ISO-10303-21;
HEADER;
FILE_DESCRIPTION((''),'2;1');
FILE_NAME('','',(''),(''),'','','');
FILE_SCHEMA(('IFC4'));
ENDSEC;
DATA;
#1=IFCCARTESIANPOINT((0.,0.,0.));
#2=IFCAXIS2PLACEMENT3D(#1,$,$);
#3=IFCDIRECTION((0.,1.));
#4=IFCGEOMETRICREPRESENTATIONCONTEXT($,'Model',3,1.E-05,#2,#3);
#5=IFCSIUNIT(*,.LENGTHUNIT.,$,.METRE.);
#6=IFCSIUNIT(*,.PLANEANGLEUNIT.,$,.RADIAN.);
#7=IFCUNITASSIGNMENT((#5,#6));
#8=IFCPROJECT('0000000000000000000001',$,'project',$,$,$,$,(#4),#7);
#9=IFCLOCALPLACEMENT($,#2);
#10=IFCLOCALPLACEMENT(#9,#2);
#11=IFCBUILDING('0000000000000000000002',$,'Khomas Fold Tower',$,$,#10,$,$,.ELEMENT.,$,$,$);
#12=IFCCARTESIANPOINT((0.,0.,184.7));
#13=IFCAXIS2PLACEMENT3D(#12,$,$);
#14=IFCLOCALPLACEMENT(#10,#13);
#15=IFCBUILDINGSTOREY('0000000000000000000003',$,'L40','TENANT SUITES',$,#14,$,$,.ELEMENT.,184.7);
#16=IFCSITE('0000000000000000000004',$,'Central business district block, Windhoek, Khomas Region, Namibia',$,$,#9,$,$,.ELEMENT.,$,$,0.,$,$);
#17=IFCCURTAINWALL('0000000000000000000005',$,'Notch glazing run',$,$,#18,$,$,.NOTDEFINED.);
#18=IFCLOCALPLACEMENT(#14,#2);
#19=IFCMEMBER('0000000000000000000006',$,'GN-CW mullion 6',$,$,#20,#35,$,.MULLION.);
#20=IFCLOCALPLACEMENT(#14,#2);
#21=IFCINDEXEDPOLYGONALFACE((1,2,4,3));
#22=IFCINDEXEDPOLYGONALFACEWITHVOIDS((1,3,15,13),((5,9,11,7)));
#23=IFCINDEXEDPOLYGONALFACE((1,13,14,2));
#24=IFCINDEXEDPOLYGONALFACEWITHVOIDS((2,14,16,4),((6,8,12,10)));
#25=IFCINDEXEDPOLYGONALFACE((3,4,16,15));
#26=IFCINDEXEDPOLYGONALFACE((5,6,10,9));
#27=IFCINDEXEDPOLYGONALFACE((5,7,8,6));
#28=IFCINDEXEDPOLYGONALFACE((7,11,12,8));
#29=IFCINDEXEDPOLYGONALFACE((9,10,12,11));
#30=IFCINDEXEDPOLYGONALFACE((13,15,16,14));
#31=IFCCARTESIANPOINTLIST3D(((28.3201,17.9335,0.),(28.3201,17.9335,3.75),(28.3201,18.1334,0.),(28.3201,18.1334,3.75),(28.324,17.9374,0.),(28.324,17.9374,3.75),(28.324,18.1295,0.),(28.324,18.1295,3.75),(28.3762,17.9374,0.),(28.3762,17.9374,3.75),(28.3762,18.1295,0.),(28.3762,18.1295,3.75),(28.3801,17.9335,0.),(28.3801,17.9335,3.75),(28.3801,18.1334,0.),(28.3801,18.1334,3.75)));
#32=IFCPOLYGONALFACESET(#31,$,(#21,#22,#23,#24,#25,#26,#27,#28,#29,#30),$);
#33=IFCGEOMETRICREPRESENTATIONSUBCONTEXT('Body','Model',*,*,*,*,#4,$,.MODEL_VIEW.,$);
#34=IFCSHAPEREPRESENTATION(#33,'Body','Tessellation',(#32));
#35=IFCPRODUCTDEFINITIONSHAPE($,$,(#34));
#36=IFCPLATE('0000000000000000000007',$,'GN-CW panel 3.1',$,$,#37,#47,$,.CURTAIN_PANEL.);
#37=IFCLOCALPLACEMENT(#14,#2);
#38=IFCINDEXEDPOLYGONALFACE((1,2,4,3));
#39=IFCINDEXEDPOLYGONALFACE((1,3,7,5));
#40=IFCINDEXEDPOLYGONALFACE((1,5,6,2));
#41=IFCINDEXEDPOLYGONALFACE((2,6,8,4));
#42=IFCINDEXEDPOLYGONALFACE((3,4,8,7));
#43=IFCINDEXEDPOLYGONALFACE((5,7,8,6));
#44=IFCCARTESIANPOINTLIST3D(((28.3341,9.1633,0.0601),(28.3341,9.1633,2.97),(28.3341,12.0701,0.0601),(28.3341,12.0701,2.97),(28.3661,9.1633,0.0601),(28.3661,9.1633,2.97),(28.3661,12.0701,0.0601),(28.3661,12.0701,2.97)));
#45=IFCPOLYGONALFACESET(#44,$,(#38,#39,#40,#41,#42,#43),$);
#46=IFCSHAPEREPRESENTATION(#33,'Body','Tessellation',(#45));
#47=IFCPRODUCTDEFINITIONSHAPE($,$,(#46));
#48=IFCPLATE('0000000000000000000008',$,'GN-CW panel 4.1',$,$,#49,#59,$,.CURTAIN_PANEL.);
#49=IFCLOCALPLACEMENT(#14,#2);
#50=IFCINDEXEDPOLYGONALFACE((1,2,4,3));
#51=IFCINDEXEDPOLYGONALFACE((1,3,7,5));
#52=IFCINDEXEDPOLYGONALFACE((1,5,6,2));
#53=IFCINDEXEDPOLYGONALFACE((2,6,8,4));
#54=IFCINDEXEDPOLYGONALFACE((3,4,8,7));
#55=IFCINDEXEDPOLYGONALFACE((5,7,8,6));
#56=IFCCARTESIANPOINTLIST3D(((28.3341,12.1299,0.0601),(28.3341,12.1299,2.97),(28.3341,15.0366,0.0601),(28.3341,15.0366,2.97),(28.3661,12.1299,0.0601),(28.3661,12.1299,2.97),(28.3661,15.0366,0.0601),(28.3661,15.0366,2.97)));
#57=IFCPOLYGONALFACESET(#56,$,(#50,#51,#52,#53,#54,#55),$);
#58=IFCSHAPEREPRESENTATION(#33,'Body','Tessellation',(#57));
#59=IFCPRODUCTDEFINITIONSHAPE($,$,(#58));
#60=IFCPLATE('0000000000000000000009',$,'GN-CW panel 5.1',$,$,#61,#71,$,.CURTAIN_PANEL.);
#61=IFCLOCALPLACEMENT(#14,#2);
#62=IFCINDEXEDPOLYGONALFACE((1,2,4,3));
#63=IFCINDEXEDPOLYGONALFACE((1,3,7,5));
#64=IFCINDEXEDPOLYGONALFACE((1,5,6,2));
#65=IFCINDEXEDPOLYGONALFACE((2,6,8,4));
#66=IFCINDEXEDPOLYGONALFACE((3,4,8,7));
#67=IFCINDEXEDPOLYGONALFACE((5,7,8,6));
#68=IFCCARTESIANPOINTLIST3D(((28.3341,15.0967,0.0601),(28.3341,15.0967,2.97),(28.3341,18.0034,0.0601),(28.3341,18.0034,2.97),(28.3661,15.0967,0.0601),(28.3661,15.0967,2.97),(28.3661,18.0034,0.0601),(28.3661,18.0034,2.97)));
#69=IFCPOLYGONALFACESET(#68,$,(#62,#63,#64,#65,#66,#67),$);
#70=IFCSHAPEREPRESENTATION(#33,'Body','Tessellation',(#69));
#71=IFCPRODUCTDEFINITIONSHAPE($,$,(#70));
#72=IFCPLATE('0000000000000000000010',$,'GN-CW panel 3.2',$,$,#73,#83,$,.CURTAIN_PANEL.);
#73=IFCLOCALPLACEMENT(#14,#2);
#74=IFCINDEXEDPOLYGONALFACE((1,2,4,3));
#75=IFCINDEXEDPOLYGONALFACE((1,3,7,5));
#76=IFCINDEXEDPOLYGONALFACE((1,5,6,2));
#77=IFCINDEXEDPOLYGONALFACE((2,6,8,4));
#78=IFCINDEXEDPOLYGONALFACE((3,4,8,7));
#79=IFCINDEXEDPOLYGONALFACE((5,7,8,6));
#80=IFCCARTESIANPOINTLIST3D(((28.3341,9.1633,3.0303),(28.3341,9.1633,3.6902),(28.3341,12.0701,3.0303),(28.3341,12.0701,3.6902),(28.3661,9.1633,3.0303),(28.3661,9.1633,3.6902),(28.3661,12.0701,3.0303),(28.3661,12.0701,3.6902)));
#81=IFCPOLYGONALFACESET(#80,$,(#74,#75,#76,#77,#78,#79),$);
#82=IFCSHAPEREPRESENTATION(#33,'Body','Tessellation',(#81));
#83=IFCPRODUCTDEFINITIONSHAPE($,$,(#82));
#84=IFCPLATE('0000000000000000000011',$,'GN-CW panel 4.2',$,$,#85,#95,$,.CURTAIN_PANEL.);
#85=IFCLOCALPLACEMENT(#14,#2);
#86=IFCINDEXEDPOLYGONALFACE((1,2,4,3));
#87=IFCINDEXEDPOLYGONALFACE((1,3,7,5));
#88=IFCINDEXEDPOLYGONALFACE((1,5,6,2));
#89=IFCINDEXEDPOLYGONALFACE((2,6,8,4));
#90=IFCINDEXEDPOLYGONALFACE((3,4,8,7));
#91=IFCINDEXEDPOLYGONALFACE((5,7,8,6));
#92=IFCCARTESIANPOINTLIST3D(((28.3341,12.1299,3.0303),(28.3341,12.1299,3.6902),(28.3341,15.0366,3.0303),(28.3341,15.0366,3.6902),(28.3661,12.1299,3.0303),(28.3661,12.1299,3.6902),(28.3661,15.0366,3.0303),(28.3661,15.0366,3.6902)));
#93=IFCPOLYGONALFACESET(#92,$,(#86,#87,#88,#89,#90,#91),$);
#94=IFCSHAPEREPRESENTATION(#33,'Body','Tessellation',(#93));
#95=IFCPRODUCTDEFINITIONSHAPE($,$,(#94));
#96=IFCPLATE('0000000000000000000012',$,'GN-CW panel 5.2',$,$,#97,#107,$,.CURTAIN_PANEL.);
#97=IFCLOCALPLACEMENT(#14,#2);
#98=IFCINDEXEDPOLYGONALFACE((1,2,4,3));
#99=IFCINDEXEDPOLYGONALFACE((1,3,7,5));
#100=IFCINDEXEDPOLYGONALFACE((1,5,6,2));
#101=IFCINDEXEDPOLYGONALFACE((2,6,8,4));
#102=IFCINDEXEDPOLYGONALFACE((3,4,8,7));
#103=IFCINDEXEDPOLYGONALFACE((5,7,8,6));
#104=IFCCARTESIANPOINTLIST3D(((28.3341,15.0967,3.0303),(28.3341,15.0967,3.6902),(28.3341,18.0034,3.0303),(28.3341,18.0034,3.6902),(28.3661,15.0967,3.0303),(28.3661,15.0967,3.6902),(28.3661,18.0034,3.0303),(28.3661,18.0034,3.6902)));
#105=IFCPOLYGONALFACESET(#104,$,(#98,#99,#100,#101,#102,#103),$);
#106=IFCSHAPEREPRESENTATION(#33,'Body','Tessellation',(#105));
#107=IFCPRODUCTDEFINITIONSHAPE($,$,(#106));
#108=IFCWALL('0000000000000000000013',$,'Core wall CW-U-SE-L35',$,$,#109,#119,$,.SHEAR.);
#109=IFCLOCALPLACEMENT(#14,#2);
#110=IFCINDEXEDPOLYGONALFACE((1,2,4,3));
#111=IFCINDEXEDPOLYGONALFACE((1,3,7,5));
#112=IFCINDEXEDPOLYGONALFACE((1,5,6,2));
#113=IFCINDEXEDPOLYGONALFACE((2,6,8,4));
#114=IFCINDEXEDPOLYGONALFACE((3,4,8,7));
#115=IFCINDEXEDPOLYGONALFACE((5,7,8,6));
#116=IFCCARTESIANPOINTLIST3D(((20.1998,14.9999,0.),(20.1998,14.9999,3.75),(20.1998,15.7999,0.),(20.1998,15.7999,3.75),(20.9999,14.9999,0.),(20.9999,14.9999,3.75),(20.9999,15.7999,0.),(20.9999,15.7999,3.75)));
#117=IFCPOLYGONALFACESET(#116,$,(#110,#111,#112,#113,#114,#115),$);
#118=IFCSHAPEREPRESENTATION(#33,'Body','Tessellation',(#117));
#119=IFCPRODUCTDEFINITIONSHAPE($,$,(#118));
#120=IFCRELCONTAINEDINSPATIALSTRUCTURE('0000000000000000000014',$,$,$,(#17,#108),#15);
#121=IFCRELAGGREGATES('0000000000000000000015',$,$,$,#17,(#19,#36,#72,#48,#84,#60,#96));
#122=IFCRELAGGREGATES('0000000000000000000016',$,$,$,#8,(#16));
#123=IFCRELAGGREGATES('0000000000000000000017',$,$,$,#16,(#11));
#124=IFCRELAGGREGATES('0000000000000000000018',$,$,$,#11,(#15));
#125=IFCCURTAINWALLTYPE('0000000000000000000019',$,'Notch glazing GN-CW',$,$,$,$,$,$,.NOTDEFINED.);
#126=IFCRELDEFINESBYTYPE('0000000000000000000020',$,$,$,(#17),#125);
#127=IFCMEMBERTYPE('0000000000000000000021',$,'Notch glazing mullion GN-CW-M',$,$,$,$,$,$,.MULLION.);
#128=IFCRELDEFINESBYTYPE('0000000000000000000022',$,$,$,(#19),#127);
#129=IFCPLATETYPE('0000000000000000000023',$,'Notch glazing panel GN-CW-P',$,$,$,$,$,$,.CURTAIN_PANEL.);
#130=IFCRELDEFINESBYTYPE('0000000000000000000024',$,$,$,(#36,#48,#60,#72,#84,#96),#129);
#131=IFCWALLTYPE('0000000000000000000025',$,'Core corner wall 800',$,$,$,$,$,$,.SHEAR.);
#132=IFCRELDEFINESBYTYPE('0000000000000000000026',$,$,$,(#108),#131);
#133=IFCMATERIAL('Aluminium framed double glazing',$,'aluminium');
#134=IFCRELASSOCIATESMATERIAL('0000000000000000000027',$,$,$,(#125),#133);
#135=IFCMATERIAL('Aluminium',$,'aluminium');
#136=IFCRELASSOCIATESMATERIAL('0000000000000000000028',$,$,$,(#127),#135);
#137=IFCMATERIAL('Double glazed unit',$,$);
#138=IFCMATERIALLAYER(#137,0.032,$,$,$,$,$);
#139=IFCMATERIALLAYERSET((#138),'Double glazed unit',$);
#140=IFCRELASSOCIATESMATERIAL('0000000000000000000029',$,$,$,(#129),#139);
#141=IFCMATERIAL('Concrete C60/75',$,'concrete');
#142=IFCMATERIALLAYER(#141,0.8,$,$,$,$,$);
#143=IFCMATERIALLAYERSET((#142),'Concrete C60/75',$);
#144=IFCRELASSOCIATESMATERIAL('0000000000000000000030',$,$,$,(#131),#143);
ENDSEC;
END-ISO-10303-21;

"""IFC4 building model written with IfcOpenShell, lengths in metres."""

from ifc_helpers import new_model, si_unit, direction, frame, frame_2d, origin, origin_2d, place, context, subcontext, project, spatial, rectangle, hollow_rectangle, extrude, source, transform, mapped, material, layer, layer_set, material_profile, profile_set, type_object, element, aggregate, save


model = new_model("IFC4")

# Units and contexts
model_context = context("Model", 3, precision=1e-05, world=origin(), true_north=direction((0.0, 1.0)))
body_context = subcontext(model_context, "Body", "Model", "MODEL_VIEW")
ifc_project = project(units=[si_unit("LENGTHUNIT", "METRE"), si_unit("PLANEANGLEUNIT", "RADIAN")], contexts=[model_context])

# Site, building, storey
site_placement = place(None, origin())
site = spatial("IfcSite", under=ifc_project, at=site_placement, Name="Central business district block, Windhoek, Khomas Region, Namibia", CompositionType="ELEMENT", RefElevation=0.0)
building_placement = place(site_placement, origin())
building = spatial("IfcBuilding", under=site, at=building_placement, Name="Khomas Fold Tower", CompositionType="ELEMENT")
storey_placement = place(building_placement, frame((0.0, 0.0, 184.7)))
storey = spatial("IfcBuildingStorey", under=building, at=storey_placement, Name="L40", Description="TENANT SUITES", CompositionType="ELEMENT", Elevation=184.7)

# Curtain wall, member, plates
ifc_material_1 = material(Name="Aluminium framed double glazing", Category="aluminium")
curtain_wall_type = type_object("IfcCurtainWallType", Name="Notch glazing GN-CW", PredefinedType="NOTDEFINED", material=ifc_material_1)
curtain_wall_placement = place(storey_placement, origin())
curtain_wall = element("IfcCurtainWall", 1, at=curtain_wall_placement, inside=storey, type_object=curtain_wall_type, Name="Notch glazing run", PredefinedType="NOTDEFINED")
ifc_material_2 = material(Name="Aluminium", Category="aluminium")
ifc_material_profile_1 = material_profile(ifc_material_2, hollow_rectangle(XDim=0.0601, YDim=0.2, WallThickness=0.0039, at=origin_2d()), Name="Notch glazing mullion GN-CW-M")
ifc_profile_set_1 = profile_set([ifc_material_profile_1], Name="Aluminium")
member_type_1 = type_object("IfcMemberType", Name="Notch glazing mullion GN-CW-M", PredefinedType="MULLION", material=ifc_profile_set_1)
shared_shape_1 = source(origin(), body_context, "Body", "SweptSolid", [
    extrude(hollow_rectangle(XDim=0.0601, YDim=0.2, WallThickness=0.0039, at=origin_2d()), origin(), (0.0, 0.0, 1.0), 3.75),
])
member_1_placement = place(storey_placement, frame((28.3501, 18.0334, 0.0), z_axis=(0.0, 0.0, 1.0), x_axis=(-1.0, 0.0, 0.0)))
member_1 = element("IfcMember", 2, at=member_1_placement, type_object=member_type_1, Name="GN-CW mullion 6", PredefinedType="MULLION", context=body_context, shape_type="MappedRepresentation", body=[
    mapped(shared_shape_1, transform((0.0, 0.0, 0.0))),
])
ifc_material_3 = material(Name="Double glazed unit")
ifc_layer_1 = layer(ifc_material_3, 0.032)
ifc_layer_set_1 = layer_set([ifc_layer_1], Name="Double glazed unit")
plate_type = type_object("IfcPlateType", Name="Notch glazing panel GN-CW-P", PredefinedType="CURTAIN_PANEL", material=ifc_layer_set_1)
shared_shape_2 = source(origin(), body_context, "Body", "SweptSolid", [
    extrude(rectangle(XDim=2.9067, YDim=0.032, at=origin_2d()), origin(), (0.0, 0.0, 1.0), 2.9099),
])
plate_1_placement = place(storey_placement, frame((28.3501, 10.6167, 0.0601), z_axis=(0.0, 0.0, 1.0), x_axis=(0.0, 1.0, 0.0)))
plate_1 = element("IfcPlate", 3, at=plate_1_placement, type_object=plate_type, Name="GN-CW panel 3.1", PredefinedType="CURTAIN_PANEL", context=body_context, shape_type="MappedRepresentation", body=[
    mapped(shared_shape_2, transform((0.0, 0.0, 0.0))),
])
plate_2_placement = place(storey_placement, frame((28.3501, 13.5833, 0.0601), z_axis=(0.0, 0.0, 1.0), x_axis=(0.0, 1.0, 0.0)))
plate_2 = element("IfcPlate", 4, at=plate_2_placement, type_object=plate_type, Name="GN-CW panel 4.1", PredefinedType="CURTAIN_PANEL", context=body_context, shape_type="MappedRepresentation", body=[
    mapped(shared_shape_2, transform((0.0, 0.0, 0.0))),
])
plate_3_placement = place(storey_placement, frame((28.3501, 16.55, 0.0601), z_axis=(0.0, 0.0, 1.0), x_axis=(0.0, 1.0, 0.0)))
plate_3 = element("IfcPlate", 5, at=plate_3_placement, type_object=plate_type, Name="GN-CW panel 5.1", PredefinedType="CURTAIN_PANEL", context=body_context, shape_type="MappedRepresentation", body=[
    mapped(shared_shape_2, transform((0.0, 0.0, 0.0))),
])
shared_shape_3 = source(origin(), body_context, "Body", "SweptSolid", [
    extrude(rectangle(XDim=2.9067, YDim=0.032, at=origin_2d()), origin(), (0.0, 0.0, 1.0), 0.6599),
])
plate_4_placement = place(storey_placement, frame((28.3501, 10.6167, 3.0303), z_axis=(0.0, 0.0, 1.0), x_axis=(0.0, 1.0, 0.0)))
plate_4 = element("IfcPlate", 6, at=plate_4_placement, type_object=plate_type, Name="GN-CW panel 3.2", PredefinedType="CURTAIN_PANEL", context=body_context, shape_type="MappedRepresentation", body=[
    mapped(shared_shape_3, transform((0.0, 0.0, 0.0))),
])
plate_5_placement = place(storey_placement, frame((28.3501, 13.5833, 3.0303), z_axis=(0.0, 0.0, 1.0), x_axis=(0.0, 1.0, 0.0)))
plate_5 = element("IfcPlate", 7, at=plate_5_placement, type_object=plate_type, Name="GN-CW panel 4.2", PredefinedType="CURTAIN_PANEL", context=body_context, shape_type="MappedRepresentation", body=[
    mapped(shared_shape_3, transform((0.0, 0.0, 0.0))),
])
plate_6_placement = place(storey_placement, frame((28.3501, 16.55, 3.0303), z_axis=(0.0, 0.0, 1.0), x_axis=(0.0, 1.0, 0.0)))
plate_6 = element("IfcPlate", 8, at=plate_6_placement, type_object=plate_type, Name="GN-CW panel 5.2", PredefinedType="CURTAIN_PANEL", context=body_context, shape_type="MappedRepresentation", body=[
    mapped(shared_shape_3, transform((0.0, 0.0, 0.0))),
])
aggregate(curtain_wall, [member_1, plate_1, plate_4, plate_2, plate_5, plate_3, plate_6])

# Wall
ifc_material_4 = material(Name="Concrete C60/75", Category="concrete")
ifc_layer_2 = layer(ifc_material_4, 0.8)
ifc_layer_set_2 = layer_set([ifc_layer_2], Name="Concrete C60/75")
wall_type_1 = type_object("IfcWallType", Name="Core corner wall 800", PredefinedType="SHEAR", material=ifc_layer_set_2)
shared_shape_4 = source(origin(), body_context, "Body", "SweptSolid", [
    extrude(rectangle(XDim=0.8, YDim=0.8, at=frame_2d((0.3999, 0.0))), origin(), (0.0, 0.0, 1.0), 3.75),
])
wall_1_placement = place(storey_placement, frame((20.2, 15.3999, 0.0), z_axis=(0.0, 0.0, 1.0), x_axis=(1.0, 0.0, 0.0)))
element("IfcWall", 9, at=wall_1_placement, inside=storey, type_object=wall_type_1, Name="Core wall CW-U-SE-L35", PredefinedType="SHEAR", context=body_context, shape_type="MappedRepresentation", body=[
    mapped(shared_shape_4, transform((0.0, 0.0, 0.0))),
])

save(model, "model.ifc")
